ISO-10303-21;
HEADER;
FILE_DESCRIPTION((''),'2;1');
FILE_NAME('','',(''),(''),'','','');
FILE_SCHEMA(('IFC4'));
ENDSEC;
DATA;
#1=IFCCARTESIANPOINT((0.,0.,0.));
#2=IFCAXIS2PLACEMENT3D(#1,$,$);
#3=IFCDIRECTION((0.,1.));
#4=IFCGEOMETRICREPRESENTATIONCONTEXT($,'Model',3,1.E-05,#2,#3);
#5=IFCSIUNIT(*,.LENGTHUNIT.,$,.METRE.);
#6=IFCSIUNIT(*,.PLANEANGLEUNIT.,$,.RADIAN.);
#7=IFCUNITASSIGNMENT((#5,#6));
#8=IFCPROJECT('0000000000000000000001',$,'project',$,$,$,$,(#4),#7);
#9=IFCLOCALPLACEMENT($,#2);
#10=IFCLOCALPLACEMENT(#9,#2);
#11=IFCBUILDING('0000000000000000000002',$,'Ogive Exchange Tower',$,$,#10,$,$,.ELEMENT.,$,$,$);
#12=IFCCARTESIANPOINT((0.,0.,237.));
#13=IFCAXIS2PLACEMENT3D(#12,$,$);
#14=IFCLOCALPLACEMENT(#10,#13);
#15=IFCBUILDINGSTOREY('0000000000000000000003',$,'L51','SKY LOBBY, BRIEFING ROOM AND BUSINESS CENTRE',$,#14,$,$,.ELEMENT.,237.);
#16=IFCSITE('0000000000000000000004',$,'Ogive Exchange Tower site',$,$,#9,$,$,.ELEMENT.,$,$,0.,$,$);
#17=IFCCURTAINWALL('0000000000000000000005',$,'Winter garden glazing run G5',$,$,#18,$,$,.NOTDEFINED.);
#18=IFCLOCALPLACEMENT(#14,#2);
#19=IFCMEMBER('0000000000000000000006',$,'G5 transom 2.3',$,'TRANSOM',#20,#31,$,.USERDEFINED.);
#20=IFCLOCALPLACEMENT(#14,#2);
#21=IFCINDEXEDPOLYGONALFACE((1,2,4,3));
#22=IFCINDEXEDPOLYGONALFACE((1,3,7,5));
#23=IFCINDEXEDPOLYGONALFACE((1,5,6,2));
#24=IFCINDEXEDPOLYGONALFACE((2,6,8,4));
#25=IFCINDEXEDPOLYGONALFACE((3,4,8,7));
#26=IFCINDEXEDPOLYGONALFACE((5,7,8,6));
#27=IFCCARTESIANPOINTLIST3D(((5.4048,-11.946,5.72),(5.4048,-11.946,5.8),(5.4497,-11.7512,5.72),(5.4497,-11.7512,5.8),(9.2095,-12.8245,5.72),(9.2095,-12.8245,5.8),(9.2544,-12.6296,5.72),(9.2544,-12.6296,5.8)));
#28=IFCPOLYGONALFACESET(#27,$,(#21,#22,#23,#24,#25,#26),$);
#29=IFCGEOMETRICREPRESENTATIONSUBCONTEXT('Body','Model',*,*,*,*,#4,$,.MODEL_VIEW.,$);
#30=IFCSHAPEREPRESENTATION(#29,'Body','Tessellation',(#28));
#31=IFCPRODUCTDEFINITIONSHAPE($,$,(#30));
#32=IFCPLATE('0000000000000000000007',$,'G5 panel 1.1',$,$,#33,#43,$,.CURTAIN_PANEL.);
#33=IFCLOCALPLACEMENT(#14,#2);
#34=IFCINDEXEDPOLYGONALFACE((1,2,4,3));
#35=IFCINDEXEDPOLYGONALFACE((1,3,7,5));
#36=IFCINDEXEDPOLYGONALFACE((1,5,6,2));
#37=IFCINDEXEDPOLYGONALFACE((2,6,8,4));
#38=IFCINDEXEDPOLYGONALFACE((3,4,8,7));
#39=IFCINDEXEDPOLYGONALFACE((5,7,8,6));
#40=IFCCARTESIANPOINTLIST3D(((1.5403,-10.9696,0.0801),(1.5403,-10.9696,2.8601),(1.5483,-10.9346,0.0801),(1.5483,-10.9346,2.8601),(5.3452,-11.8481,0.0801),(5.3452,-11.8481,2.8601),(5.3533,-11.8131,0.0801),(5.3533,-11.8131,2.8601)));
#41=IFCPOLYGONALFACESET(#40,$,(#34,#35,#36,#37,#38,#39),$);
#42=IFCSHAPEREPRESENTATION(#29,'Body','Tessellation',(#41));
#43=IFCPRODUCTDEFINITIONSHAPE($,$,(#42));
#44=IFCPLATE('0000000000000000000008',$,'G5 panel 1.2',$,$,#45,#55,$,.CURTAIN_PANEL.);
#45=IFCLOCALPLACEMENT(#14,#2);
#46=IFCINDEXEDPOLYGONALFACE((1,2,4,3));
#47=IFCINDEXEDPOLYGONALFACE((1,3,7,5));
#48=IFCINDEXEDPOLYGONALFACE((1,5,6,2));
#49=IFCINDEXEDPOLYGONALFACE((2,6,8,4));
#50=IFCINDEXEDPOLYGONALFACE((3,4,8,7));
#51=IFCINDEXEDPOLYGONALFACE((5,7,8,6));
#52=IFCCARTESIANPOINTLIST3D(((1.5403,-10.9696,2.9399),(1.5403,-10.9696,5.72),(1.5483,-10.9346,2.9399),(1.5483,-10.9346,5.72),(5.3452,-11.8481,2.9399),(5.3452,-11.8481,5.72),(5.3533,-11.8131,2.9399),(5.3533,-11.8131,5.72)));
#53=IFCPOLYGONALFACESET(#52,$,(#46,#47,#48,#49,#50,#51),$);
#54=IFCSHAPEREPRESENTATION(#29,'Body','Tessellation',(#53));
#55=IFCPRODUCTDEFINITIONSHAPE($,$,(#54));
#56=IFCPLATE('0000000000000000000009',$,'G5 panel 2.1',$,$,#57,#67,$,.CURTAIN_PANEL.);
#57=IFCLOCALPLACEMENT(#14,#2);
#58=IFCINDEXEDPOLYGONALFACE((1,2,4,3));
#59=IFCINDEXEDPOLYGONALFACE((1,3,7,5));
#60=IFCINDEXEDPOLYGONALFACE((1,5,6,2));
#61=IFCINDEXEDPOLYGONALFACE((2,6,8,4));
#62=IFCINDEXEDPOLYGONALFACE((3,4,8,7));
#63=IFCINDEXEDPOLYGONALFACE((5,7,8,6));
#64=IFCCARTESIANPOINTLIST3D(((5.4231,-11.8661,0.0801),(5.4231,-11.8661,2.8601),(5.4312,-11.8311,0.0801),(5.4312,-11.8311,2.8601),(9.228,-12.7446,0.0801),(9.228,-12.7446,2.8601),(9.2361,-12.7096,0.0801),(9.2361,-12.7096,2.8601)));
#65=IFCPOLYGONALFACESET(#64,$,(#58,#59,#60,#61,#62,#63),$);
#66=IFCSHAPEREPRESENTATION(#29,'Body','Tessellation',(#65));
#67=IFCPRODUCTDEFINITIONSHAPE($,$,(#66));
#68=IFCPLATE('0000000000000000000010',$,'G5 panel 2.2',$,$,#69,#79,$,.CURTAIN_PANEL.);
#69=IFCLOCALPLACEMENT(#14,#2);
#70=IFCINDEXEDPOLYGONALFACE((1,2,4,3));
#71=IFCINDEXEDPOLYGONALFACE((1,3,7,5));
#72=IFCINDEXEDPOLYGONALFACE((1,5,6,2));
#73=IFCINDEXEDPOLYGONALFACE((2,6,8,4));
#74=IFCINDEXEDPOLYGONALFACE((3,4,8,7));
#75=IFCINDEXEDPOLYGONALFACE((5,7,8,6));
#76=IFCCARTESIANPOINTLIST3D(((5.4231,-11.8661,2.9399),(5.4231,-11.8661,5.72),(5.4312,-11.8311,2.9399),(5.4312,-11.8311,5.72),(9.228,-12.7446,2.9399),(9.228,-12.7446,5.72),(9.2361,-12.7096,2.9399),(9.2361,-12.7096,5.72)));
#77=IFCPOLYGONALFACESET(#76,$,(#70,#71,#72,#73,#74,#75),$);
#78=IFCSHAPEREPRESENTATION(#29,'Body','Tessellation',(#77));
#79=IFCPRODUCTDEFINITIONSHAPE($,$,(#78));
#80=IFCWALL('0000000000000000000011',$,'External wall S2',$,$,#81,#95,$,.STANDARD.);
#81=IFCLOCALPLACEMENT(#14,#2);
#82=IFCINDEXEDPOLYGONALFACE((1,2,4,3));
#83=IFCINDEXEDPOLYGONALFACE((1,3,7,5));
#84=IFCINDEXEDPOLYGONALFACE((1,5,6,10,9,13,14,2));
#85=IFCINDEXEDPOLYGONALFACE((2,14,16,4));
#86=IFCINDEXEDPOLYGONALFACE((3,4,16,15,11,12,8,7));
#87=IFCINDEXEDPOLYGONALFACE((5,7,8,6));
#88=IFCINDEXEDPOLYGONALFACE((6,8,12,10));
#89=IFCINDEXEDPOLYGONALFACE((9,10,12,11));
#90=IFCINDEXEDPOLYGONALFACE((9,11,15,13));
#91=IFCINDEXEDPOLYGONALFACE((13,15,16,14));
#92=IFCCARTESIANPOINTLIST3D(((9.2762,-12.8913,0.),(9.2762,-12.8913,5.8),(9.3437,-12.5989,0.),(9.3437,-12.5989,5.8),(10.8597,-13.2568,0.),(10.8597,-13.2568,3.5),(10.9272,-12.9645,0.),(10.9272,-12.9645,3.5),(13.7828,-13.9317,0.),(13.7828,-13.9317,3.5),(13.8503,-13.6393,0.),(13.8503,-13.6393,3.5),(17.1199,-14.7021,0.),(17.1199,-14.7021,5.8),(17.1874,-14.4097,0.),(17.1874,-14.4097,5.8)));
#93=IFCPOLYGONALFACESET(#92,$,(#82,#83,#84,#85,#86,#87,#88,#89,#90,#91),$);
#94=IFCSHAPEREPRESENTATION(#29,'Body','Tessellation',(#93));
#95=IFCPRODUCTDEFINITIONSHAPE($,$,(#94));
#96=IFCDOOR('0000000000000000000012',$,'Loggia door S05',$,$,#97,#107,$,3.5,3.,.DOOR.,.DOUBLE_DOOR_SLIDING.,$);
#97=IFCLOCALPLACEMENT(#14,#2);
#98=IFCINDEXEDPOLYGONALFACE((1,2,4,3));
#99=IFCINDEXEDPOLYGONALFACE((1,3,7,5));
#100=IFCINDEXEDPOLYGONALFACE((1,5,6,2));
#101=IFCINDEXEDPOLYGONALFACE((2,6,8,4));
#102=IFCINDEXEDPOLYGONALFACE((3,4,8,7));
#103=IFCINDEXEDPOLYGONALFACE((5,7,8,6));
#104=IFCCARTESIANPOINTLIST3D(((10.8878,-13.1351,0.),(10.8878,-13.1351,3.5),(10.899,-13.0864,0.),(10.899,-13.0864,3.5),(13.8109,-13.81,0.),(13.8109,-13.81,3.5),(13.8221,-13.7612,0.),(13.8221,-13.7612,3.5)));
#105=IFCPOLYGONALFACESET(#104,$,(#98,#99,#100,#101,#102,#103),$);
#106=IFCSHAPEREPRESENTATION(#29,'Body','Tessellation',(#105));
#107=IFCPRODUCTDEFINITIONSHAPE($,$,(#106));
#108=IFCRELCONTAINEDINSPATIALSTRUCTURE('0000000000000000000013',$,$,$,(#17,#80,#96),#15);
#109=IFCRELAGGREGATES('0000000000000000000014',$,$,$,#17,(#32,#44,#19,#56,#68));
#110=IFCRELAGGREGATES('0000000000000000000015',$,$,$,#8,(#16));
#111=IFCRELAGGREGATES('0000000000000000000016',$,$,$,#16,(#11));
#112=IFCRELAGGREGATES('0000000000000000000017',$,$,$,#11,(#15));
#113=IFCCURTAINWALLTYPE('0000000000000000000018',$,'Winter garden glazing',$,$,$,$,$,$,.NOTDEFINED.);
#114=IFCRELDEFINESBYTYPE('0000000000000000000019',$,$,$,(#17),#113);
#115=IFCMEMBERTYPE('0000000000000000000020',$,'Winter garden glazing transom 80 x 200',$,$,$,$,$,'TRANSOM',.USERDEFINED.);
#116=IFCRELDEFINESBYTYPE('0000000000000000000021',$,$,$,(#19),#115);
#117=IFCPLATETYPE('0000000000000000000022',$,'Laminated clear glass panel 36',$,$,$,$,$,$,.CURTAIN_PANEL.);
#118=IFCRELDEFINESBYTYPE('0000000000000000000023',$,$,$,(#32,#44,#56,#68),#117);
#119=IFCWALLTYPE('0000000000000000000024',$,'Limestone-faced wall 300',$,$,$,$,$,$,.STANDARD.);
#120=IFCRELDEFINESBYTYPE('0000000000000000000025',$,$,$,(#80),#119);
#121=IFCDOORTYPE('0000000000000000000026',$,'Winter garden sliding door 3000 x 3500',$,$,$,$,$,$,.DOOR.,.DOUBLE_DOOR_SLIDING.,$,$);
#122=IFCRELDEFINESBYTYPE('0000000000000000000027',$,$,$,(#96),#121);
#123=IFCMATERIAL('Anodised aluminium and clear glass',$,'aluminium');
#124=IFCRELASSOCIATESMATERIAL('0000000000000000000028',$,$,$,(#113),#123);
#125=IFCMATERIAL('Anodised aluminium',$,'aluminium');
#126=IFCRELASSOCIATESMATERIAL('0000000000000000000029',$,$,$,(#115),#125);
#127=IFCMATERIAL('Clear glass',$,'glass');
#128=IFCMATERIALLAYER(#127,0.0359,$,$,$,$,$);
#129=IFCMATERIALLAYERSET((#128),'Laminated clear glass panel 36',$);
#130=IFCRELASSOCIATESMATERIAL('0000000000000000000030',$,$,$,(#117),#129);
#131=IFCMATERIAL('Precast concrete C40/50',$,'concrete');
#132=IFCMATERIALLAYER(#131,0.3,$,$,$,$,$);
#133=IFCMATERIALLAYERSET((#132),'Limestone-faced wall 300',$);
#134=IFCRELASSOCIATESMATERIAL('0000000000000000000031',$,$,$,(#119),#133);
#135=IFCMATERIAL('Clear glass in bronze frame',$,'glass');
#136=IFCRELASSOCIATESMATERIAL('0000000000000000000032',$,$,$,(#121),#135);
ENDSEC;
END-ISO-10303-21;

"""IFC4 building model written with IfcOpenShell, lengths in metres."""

from ifc_helpers import new_model, si_unit, direction, frame, frame_2d, origin, origin_2d, place, context, subcontext, project, spatial, rectangle, extrude, material, layer, layer_set, material_profile, profile_set, type_object, element, fill, aggregate, save


model = new_model("IFC4")

# Units and contexts
model_context = context("Model", 3, precision=1e-05, world=origin(), true_north=direction((0.0, 1.0)))
body_context = subcontext(model_context, "Body", "Model", "MODEL_VIEW")
ifc_project = project(units=[si_unit("LENGTHUNIT", "METRE"), si_unit("PLANEANGLEUNIT", "RADIAN")], contexts=[model_context])

# Site, building, storey
site_placement = place(None, origin())
site = spatial("IfcSite", under=ifc_project, at=site_placement, Name="Ogive Exchange Tower site", CompositionType="ELEMENT", RefElevation=0.0)
building_placement = place(site_placement, origin())
building = spatial("IfcBuilding", under=site, at=building_placement, Name="Ogive Exchange Tower", CompositionType="ELEMENT")
storey_placement = place(building_placement, frame((0.0, 0.0, 237.0)))
storey = spatial("IfcBuildingStorey", under=building, at=storey_placement, Name="L51", Description="SKY LOBBY, BRIEFING ROOM AND BUSINESS CENTRE", CompositionType="ELEMENT", Elevation=237.0)

# Shared definitions
ifc_material_1 = material(Name="Anodised aluminium and clear glass", Category="aluminium")
curtain_wall_type = type_object("IfcCurtainWallType", Name="Winter garden glazing", PredefinedType="NOTDEFINED", material=ifc_material_1)
ifc_material_2 = material(Name="Anodised aluminium", Category="aluminium")

# Curtain wall, member, plates
curtain_wall_1_placement = place(storey_placement, origin())
curtain_wall_1 = element("IfcCurtainWall", 1, at=curtain_wall_1_placement, inside=storey, type_object=curtain_wall_type, Name="Winter garden glazing run G5", PredefinedType="NOTDEFINED")
ifc_material_profile_1 = material_profile(ifc_material_2, rectangle(XDim=0.2, YDim=0.0801, at=origin_2d()), Name="AL 80x200")
ifc_profile_set_1 = profile_set([ifc_material_profile_1], Name="Anodised aluminium")
member_type_1 = type_object("IfcMemberType", Name="Winter garden glazing transom 80 x 200", ElementType="TRANSOM", PredefinedType="USERDEFINED", material=ifc_profile_set_1)
member_1_placement = place(storey_placement, frame((5.4272, -11.8486, 5.76), z_axis=(0.974368, -0.22496, 0.0), x_axis=(0.22496, 0.974368, 0.0)))
member_1 = element("IfcMember", 2, at=member_1_placement, type_object=member_type_1, Name="G5 transom 2.3", ObjectType="TRANSOM", PredefinedType="USERDEFINED", context=body_context, shape_type="SweptSolid", body=[
    extrude(rectangle(XDim=0.2, YDim=0.0801, at=origin_2d()), origin(), (0.0, 0.0, 1.0), 3.9048),
])
ifc_material_3 = material(Name="Clear glass", Category="glass")
ifc_layer_1 = layer(ifc_material_3, 0.0359)
ifc_layer_set_1 = layer_set([ifc_layer_1], Name="Laminated clear glass panel 36")
plate_type = type_object("IfcPlateType", Name="Laminated clear glass panel 36", PredefinedType="CURTAIN_PANEL", material=ifc_layer_set_1)
plate_1_placement = place(storey_placement, frame((3.4468, -11.3914, 0.0801), z_axis=(0.0, 0.0, 1.0), x_axis=(0.974369, -0.224956, 0.0)))
plate_1 = element("IfcPlate", 3, at=plate_1_placement, type_object=plate_type, Name="G5 panel 1.1", PredefinedType="CURTAIN_PANEL", context=body_context, shape_type="SweptSolid", body=[
    extrude(rectangle(XDim=3.905, YDim=0.0359, at=origin_2d()), origin(), (0.0, 0.0, 1.0), 2.78),
])
plate_2_placement = place(storey_placement, frame((3.4468, -11.3914, 2.9399), z_axis=(0.0, 0.0, 1.0), x_axis=(0.974369, -0.224956, 0.0)))
plate_2 = element("IfcPlate", 4, at=plate_2_placement, type_object=plate_type, Name="G5 panel 1.2", PredefinedType="CURTAIN_PANEL", context=body_context, shape_type="SweptSolid", body=[
    extrude(rectangle(XDim=3.905, YDim=0.0359, at=origin_2d()), origin(), (0.0, 0.0, 1.0), 2.78),
])
plate_3_placement = place(storey_placement, frame((7.3296, -12.2878, 0.0801), z_axis=(0.0, 0.0, 1.0), x_axis=(0.974369, -0.224956, 0.0)))
plate_3 = element("IfcPlate", 5, at=plate_3_placement, type_object=plate_type, Name="G5 panel 2.1", PredefinedType="CURTAIN_PANEL", context=body_context, shape_type="SweptSolid", body=[
    extrude(rectangle(XDim=3.905, YDim=0.0359, at=origin_2d()), origin(), (0.0, 0.0, 1.0), 2.78),
])
plate_4_placement = place(storey_placement, frame((7.3296, -12.2878, 2.9399), z_axis=(0.0, 0.0, 1.0), x_axis=(0.974369, -0.224956, 0.0)))
plate_4 = element("IfcPlate", 6, at=plate_4_placement, type_object=plate_type, Name="G5 panel 2.2", PredefinedType="CURTAIN_PANEL", context=body_context, shape_type="SweptSolid", body=[
    extrude(rectangle(XDim=3.905, YDim=0.0359, at=origin_2d()), origin(), (0.0, 0.0, 1.0), 2.78),
])
aggregate(curtain_wall_1, [plate_1, plate_2, member_1, plate_3, plate_4])

# Wall, opening, door
ifc_material_4 = material(Name="Precast concrete C40/50", Category="concrete")
ifc_layer_2 = layer(ifc_material_4, 0.3)
ifc_layer_set_2 = layer_set([ifc_layer_2], Name="Limestone-faced wall 300")
wall_type = type_object("IfcWallType", Name="Limestone-faced wall 300", PredefinedType="STANDARD", material=ifc_layer_set_2)
wall_placement = place(storey_placement, frame((9.3101, -12.7451, 0.0), z_axis=(0.0, 0.0, 1.0), x_axis=(0.974372, -0.224941, 0.0)))
wall = element("IfcWall", 7, at=wall_placement, inside=storey, type_object=wall_type, Name="External wall S2", PredefinedType="STANDARD", context=body_context, shape_type="SweptSolid", body=[
    extrude(rectangle(XDim=8.05, YDim=0.3, at=frame_2d((4.0249, 0.0))), origin(), (0.0, 0.0, 1.0), 5.8),
])
opening_placement = place(wall_placement, frame((1.625, 0.0, 0.0)))
opening = element("IfcOpeningElement", 8, at=opening_placement, cuts=wall, PredefinedType="OPENING", context=body_context, shape_type="SweptSolid", body=[
    extrude(rectangle(XDim=3.0, YDim=3.5, at=frame_2d((1.5, 1.75))), frame((0.0, 0.1599, 0.0), z_axis=(0.0, -1.0, 0.0), x_axis=(1.0, 0.0, 0.0)), (0.0, 0.0, 1.0), 0.3201),
])
ifc_material_5 = material(Name="Clear glass in bronze frame", Category="glass")
door_type = type_object("IfcDoorType", Name="Winter garden sliding door 3000 x 3500", OperationType="DOUBLE_DOOR_SLIDING", PredefinedType="DOOR", material=ifc_material_5)
door_placement = place(opening_placement, origin())
door = element("IfcDoor", 9, at=door_placement, inside=storey, type_object=door_type, Name="Loggia door S05", OperationType="DOUBLE_DOOR_SLIDING", OverallHeight=3.5, OverallWidth=3.0, PredefinedType="DOOR", context=body_context, shape_type="SweptSolid", body=[
    extrude(rectangle(XDim=3.0, YDim=3.5, at=frame_2d((1.5, 1.75))), frame((0.0, 0.0249, 0.0), z_axis=(0.0, -1.0, 0.0), x_axis=(1.0, 0.0, 0.0)), (0.0, 0.0, 1.0), 0.05),
])
fill(opening, door)

save(model, "model.ifc")
